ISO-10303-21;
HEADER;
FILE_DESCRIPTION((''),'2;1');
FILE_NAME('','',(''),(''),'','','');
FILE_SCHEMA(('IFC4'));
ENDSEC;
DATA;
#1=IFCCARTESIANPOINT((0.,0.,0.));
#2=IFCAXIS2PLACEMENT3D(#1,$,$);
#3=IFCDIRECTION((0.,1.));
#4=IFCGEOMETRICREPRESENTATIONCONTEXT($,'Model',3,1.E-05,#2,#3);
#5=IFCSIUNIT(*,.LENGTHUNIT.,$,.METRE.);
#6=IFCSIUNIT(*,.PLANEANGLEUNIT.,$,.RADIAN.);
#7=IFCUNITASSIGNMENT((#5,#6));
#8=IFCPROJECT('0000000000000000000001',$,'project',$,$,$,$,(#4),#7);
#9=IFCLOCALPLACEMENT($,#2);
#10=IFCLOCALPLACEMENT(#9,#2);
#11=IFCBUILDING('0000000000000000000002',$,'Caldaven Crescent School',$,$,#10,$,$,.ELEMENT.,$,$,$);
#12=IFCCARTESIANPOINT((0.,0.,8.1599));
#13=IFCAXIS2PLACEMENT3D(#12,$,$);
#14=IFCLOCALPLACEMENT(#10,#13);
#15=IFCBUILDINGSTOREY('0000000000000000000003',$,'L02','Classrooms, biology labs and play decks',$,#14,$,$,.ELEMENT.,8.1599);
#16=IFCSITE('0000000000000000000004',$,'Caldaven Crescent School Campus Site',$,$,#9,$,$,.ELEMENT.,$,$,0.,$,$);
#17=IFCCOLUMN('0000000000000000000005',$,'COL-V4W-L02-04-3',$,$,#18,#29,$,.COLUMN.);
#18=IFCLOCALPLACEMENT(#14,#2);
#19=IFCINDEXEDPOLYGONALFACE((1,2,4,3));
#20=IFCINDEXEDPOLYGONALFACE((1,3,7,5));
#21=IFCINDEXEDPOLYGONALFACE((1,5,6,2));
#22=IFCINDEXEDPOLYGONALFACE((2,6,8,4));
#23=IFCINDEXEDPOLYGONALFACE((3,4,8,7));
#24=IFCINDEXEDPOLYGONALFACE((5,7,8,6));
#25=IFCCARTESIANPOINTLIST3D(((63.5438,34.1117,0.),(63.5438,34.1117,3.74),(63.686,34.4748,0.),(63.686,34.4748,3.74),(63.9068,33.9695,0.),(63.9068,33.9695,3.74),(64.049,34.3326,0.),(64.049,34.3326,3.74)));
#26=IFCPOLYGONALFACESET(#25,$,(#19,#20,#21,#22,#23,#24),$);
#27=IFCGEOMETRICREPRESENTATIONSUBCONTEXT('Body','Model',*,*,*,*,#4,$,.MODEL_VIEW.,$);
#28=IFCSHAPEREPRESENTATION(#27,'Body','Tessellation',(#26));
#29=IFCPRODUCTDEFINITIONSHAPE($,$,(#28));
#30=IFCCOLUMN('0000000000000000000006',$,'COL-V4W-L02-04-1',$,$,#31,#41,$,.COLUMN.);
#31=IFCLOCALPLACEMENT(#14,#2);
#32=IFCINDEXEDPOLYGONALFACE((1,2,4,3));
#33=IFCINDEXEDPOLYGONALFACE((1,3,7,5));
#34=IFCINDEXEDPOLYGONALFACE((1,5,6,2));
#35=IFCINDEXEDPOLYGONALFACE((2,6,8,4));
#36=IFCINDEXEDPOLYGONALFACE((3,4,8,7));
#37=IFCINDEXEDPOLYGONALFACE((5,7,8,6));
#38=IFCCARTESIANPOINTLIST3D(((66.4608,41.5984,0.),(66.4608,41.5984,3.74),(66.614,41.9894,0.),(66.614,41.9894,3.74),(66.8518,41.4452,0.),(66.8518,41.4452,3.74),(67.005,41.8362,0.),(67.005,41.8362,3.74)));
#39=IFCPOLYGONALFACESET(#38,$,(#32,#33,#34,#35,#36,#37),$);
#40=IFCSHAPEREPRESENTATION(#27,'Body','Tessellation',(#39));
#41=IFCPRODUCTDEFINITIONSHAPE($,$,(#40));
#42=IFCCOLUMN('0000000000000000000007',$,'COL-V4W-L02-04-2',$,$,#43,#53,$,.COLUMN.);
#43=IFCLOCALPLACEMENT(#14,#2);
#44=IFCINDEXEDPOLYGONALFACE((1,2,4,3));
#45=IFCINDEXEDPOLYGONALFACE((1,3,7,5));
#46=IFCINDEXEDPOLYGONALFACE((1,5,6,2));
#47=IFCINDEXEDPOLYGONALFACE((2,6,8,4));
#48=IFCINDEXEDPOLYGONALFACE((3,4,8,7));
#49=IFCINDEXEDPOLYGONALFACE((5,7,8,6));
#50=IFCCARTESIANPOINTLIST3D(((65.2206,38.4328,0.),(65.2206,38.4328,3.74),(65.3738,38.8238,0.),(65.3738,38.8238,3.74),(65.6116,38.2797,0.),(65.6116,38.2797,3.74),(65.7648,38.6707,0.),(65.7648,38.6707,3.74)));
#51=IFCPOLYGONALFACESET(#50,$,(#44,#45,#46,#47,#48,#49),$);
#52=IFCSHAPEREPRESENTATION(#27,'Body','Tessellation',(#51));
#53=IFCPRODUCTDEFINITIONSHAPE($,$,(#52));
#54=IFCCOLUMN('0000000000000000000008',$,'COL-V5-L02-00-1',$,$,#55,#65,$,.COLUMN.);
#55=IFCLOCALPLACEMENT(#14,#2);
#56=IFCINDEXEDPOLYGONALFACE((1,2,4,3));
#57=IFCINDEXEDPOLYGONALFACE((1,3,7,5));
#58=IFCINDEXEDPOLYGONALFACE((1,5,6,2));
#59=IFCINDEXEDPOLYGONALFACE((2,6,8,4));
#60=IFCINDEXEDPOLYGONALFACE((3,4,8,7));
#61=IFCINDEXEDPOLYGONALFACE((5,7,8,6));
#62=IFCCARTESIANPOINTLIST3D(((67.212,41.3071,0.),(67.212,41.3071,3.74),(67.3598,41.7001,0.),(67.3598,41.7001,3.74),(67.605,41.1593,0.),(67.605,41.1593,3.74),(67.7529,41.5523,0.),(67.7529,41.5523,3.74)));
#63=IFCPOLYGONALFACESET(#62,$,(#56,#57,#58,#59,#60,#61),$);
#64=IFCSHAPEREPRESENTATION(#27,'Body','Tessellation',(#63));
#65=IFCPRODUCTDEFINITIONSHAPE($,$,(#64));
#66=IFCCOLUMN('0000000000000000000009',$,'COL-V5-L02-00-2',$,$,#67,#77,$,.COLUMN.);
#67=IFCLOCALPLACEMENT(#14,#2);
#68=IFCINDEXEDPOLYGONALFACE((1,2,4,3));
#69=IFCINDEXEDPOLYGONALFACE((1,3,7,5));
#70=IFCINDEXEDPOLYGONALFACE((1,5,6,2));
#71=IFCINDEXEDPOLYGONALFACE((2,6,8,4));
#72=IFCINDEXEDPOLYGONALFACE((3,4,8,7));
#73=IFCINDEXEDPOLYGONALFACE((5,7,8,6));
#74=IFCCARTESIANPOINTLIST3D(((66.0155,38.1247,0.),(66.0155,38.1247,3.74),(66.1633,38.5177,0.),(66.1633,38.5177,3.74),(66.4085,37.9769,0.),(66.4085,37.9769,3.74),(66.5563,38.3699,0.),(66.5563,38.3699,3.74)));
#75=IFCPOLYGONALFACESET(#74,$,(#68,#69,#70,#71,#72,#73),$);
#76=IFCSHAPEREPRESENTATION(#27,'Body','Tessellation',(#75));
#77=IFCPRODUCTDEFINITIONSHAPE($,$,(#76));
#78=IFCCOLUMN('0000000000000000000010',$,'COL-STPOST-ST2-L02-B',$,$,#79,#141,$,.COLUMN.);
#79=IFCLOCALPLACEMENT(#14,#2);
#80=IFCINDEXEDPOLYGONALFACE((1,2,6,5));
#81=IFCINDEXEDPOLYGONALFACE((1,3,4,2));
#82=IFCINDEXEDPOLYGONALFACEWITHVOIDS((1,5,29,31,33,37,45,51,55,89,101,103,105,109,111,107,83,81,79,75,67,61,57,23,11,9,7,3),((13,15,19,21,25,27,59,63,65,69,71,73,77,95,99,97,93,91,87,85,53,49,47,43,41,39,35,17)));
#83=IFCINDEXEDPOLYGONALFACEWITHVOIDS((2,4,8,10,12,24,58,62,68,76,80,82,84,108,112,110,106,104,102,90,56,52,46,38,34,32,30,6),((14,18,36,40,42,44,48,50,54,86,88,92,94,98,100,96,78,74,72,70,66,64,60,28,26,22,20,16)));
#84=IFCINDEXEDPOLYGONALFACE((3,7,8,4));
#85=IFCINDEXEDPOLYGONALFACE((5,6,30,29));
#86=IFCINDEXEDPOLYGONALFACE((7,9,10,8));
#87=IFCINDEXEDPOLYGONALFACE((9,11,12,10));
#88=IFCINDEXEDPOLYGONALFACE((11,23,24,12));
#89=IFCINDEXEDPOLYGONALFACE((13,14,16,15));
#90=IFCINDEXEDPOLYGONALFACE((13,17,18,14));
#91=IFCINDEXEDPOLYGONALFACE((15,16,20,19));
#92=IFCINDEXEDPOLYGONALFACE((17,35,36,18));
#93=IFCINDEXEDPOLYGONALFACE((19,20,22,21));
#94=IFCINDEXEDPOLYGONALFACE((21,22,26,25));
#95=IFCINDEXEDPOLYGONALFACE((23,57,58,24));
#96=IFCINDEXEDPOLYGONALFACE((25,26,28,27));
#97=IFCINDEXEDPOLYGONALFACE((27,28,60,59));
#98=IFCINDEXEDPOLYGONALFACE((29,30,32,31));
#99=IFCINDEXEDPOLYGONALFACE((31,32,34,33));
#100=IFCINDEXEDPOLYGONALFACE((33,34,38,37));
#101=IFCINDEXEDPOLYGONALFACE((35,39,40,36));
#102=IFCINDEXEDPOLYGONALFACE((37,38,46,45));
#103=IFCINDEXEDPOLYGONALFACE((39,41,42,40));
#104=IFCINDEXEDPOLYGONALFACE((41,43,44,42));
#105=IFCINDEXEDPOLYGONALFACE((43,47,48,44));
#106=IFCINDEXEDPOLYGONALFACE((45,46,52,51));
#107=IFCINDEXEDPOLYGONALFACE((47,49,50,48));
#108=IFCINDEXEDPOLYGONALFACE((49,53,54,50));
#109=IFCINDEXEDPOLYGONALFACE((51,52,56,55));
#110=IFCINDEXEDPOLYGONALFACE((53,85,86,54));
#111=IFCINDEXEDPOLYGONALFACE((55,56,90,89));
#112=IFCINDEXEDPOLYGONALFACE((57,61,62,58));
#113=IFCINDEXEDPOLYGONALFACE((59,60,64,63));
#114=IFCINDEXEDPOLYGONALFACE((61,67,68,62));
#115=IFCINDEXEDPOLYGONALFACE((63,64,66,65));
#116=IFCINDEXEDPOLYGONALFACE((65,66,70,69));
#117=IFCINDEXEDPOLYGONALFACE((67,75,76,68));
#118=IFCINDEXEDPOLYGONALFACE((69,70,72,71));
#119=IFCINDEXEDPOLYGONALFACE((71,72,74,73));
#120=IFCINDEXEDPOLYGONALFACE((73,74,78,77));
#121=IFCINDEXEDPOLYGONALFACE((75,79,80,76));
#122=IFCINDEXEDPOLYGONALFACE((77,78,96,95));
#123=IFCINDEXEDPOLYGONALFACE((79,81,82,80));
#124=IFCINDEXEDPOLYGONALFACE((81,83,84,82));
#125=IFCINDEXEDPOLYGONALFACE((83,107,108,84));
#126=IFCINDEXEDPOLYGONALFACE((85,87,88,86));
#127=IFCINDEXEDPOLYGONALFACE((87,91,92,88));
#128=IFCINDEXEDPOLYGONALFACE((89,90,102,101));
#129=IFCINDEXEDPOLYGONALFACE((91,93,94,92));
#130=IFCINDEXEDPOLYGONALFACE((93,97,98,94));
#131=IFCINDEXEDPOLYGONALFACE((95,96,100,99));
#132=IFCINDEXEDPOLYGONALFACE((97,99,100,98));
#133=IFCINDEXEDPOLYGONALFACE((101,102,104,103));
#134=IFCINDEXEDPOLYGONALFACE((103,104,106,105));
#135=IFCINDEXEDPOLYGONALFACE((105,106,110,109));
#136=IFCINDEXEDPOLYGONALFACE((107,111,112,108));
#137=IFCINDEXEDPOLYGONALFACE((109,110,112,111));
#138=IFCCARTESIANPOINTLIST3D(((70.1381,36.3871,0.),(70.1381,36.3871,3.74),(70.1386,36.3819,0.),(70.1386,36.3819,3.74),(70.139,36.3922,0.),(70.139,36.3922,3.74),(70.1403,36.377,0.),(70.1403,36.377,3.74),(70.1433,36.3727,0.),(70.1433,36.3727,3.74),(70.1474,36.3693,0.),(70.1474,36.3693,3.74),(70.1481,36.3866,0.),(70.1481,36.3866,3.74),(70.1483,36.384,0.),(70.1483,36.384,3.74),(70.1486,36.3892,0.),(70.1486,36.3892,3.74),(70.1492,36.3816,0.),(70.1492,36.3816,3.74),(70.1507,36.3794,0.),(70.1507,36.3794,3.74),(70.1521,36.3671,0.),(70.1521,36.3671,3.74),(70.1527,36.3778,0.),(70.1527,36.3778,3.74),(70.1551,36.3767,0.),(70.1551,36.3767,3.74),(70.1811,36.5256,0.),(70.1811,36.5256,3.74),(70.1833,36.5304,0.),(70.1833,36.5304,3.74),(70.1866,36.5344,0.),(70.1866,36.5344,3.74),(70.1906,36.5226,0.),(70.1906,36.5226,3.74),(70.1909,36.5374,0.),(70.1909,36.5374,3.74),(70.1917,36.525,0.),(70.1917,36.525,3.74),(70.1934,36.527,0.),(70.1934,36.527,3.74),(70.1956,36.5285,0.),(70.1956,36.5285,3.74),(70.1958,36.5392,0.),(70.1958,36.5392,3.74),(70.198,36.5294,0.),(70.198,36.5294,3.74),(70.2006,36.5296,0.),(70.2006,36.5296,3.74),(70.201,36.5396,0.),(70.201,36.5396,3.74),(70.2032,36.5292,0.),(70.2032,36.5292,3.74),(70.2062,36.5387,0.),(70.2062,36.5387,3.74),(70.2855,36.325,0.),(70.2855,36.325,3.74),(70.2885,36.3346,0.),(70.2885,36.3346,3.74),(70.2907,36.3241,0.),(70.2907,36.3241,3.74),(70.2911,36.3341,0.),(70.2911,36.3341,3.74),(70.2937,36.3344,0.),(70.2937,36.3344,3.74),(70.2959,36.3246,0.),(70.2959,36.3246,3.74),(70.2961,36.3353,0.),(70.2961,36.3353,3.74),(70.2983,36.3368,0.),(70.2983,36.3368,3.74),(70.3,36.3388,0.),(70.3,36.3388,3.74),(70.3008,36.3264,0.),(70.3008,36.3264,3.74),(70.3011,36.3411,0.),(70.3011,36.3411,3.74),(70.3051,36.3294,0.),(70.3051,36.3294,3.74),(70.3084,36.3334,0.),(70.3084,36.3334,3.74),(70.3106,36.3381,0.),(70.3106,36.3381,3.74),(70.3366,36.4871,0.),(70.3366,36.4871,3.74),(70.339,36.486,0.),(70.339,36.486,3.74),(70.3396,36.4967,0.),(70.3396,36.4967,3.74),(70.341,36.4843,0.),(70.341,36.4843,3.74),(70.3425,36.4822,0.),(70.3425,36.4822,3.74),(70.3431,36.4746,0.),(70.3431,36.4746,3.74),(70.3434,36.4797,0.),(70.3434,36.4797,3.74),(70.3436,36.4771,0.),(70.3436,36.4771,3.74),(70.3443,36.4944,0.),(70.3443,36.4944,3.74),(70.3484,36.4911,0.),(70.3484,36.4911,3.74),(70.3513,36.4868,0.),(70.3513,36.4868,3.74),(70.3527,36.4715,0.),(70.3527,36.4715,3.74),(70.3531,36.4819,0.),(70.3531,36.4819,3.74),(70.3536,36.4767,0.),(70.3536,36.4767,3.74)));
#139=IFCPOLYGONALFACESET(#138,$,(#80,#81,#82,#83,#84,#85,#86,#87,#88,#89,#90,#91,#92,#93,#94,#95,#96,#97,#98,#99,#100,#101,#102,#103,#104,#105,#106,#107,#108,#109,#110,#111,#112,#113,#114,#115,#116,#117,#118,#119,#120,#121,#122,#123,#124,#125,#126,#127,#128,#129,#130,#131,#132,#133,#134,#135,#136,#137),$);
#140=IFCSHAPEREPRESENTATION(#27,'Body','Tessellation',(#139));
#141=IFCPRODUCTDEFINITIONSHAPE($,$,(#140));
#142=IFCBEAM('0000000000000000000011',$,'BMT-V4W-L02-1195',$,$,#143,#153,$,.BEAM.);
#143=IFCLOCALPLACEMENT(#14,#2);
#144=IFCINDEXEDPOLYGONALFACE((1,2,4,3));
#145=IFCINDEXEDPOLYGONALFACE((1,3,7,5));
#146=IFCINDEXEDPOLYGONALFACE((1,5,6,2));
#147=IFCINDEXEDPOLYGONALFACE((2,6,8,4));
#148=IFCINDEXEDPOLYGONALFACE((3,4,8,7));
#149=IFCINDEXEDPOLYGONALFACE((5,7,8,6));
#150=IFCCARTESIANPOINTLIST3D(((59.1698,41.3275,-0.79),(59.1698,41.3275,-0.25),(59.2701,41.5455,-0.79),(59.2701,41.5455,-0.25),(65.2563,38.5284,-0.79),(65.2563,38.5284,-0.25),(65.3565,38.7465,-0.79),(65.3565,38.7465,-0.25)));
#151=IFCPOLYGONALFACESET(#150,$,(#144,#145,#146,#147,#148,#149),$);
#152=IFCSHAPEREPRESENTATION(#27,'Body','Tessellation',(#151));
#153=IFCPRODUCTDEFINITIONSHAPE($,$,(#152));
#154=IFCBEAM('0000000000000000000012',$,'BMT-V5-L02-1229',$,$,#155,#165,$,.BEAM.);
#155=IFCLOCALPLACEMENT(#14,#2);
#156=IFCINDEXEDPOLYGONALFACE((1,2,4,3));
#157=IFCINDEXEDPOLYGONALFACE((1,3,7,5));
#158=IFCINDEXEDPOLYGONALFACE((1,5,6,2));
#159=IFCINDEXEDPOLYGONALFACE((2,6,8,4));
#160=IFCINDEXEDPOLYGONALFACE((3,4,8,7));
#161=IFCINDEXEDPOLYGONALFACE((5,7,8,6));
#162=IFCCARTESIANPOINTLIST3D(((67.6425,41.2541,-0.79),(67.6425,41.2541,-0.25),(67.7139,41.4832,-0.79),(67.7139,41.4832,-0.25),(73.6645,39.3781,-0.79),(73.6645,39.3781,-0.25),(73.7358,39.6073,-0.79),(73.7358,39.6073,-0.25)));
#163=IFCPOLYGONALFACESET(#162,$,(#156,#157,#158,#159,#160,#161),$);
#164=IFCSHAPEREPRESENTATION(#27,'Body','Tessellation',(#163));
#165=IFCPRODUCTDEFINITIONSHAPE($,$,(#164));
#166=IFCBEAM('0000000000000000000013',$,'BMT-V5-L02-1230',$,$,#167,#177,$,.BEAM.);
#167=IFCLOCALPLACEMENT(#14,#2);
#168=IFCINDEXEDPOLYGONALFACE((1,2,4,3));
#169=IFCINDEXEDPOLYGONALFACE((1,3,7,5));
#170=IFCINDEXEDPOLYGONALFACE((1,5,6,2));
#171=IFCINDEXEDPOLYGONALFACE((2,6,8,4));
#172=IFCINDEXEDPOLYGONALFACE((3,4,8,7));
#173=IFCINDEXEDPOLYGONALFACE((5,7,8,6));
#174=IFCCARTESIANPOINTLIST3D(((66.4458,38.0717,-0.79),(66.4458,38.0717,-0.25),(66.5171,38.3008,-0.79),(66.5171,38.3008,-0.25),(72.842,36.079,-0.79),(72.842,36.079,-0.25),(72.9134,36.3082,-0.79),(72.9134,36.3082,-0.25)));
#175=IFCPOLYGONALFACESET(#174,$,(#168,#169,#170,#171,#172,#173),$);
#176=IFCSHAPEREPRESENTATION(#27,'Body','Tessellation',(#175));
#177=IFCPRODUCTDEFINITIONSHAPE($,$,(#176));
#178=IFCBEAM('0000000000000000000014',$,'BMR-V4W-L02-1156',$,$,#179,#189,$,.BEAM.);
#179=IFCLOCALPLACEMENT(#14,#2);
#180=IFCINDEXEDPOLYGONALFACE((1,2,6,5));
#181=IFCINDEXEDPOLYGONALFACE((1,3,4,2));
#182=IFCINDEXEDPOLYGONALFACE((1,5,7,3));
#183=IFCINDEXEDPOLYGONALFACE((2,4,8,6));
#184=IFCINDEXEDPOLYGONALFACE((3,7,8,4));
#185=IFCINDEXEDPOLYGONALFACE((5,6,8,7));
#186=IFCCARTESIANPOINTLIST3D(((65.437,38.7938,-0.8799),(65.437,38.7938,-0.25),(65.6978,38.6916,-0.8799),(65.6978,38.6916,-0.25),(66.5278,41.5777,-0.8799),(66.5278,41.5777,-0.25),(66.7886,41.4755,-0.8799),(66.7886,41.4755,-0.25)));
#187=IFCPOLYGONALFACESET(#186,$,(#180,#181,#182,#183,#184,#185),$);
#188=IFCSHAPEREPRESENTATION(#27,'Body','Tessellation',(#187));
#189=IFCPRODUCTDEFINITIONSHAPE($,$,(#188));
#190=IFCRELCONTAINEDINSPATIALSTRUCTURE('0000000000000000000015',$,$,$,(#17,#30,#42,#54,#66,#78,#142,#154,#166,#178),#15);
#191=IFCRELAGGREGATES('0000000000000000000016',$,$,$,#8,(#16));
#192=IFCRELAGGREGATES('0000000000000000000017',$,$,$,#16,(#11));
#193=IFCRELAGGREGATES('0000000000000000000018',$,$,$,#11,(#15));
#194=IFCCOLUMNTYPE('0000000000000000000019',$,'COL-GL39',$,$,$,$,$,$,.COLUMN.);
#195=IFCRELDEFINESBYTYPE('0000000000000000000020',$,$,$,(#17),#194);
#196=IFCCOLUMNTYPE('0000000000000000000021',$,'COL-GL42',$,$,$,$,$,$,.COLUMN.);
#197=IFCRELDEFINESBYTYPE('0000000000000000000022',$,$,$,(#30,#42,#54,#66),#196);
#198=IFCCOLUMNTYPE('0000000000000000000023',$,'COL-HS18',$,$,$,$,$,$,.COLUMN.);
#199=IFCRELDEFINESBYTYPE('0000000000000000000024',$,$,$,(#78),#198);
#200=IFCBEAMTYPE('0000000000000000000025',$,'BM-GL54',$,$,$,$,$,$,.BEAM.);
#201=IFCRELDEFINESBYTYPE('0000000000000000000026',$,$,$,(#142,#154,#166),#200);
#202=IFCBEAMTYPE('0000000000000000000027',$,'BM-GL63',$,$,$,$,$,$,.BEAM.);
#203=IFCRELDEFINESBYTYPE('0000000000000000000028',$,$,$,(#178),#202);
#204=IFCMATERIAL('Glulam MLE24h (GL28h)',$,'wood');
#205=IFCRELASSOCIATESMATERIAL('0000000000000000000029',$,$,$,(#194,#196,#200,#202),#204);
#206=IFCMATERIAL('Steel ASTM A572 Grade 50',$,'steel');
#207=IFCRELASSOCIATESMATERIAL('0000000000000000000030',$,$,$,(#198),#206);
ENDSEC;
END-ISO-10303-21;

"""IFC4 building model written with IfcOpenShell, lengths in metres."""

from ifc_helpers import new_model, si_unit, direction, frame, origin, origin_2d, place, context, subcontext, project, spatial, rectangle, hollow_rectangle, extrude, material, material_profile, profile_set, type_object, element, save


model = new_model("IFC4")

# Units and contexts
model_context = context("Model", 3, precision=1e-05, world=origin(), true_north=direction((0.0, 1.0)))
body_context = subcontext(model_context, "Body", "Model", "MODEL_VIEW")
ifc_project = project(units=[si_unit("LENGTHUNIT", "METRE"), si_unit("PLANEANGLEUNIT", "RADIAN")], contexts=[model_context])

# Site, building, storey
site_placement = place(None, origin())
site = spatial("IfcSite", under=ifc_project, at=site_placement, Name="Caldaven Crescent School Campus Site", CompositionType="ELEMENT", RefElevation=0.0)
building_placement = place(site_placement, origin())
building = spatial("IfcBuilding", under=site, at=building_placement, Name="Caldaven Crescent School", CompositionType="ELEMENT")
storey_placement = place(building_placement, frame((0.0, 0.0, 8.1599)))
storey = spatial("IfcBuildingStorey", under=building, at=storey_placement, Name="L02", Description="Classrooms, biology labs and play decks", CompositionType="ELEMENT", Elevation=8.1599)

# Columns
ifc_material_1 = material(Name="Glulam MLE24h (GL28h)", Category="wood")
ifc_material_profile_1 = material_profile(ifc_material_1, rectangle(XDim=0.3899, YDim=0.3899, at=origin_2d()), Name="MLE 390x390")
ifc_profile_set_1 = profile_set([ifc_material_profile_1], Name="Glulam MLE24h (GL28h)")
column_type_1 = type_object("IfcColumnType", Name="COL-GL39", PredefinedType="COLUMN", material=ifc_profile_set_1)
column_1_placement = place(storey_placement, frame((63.7964, 34.2222, 0.0), z_axis=(0.0, 0.0, 1.0), x_axis=(-0.364714, -0.931119, 0.0)))
element("IfcColumn", 1, at=column_1_placement, inside=storey, type_object=column_type_1, Name="COL-V4W-L02-04-3", PredefinedType="COLUMN", context=body_context, shape_type="SweptSolid", body=[
    extrude(rectangle(XDim=0.3899, YDim=0.3899, at=origin_2d()), origin(), (0.0, 0.0, 1.0), 3.74),
])
ifc_material_profile_2 = material_profile(ifc_material_1, rectangle(XDim=0.4199, YDim=0.4199, at=origin_2d()), Name="MLE 420x420")
ifc_profile_set_2 = profile_set([ifc_material_profile_2], Name="Glulam MLE24h (GL28h)")
column_type_2 = type_object("IfcColumnType", Name="COL-GL42", PredefinedType="COLUMN", material=ifc_profile_set_2)
for number, where, z_axis, x_axis, name in (
    (2, (66.7329, 41.7173, 0.0), (0.0, 0.0, 1.0), (-0.364714, -0.931119, 0.0), "COL-V4W-L02-04-1"),
    (3, (65.4927, 38.5518, 0.0), (0.0, 0.0, 1.0), (-0.364714, -0.931119, 0.0), "COL-V4W-L02-04-2"),
    (4, (67.4824, 41.4297, 0.0), (0.0, 0.0, 1.0), (-0.352005, -0.935998, 0.0), "COL-V5-L02-00-1"),
    (5, (66.2859, 38.2473, 0.0), (0.0, 0.0, 1.0), (-0.352005, -0.935998, 0.0), "COL-V5-L02-00-2"),
):
    element("IfcColumn", number, at=place(storey_placement, frame(where, z_axis=z_axis, x_axis=x_axis)), inside=storey, type_object=column_type_2, Name=name, PredefinedType="COLUMN", context=body_context, shape_type="SweptSolid", body=[
        extrude(rectangle(XDim=0.4199, YDim=0.4199, at=origin_2d()), origin(), (0.0, 0.0, 1.0), 3.74),
    ])
ifc_material_2 = material(Name="Steel ASTM A572 Grade 50", Category="steel")
ifc_material_profile_3 = material_profile(ifc_material_2, hollow_rectangle(XDim=0.1799, YDim=0.1799, WallThickness=0.01, InnerFilletRadius=0.01, OuterFilletRadius=0.02, at=origin_2d()), Name="HSS 180x180x10")
ifc_profile_set_3 = profile_set([ifc_material_profile_3], Name="Steel ASTM A572 Grade 50")
column_type_3 = type_object("IfcColumnType", Name="COL-HS18", PredefinedType="COLUMN", material=ifc_profile_set_3)
column_2_placement = place(storey_placement, frame((70.2458, 36.4319, 0.0), z_axis=(0.0, 0.0, 1.0), x_axis=(0.953717, -0.300706, 0.0)))
element("IfcColumn", 6, at=column_2_placement, inside=storey, type_object=column_type_3, Name="COL-STPOST-ST2-L02-B", PredefinedType="COLUMN", context=body_context, shape_type="SweptSolid", body=[
    extrude(hollow_rectangle(XDim=0.1799, YDim=0.1799, WallThickness=0.01, InnerFilletRadius=0.01, OuterFilletRadius=0.02, at=origin_2d()), origin(), (0.0, 0.0, 1.0), 3.74),
])

# Beams
ifc_material_profile_4 = material_profile(ifc_material_1, rectangle(XDim=0.24, YDim=0.54, at=origin_2d()), Name="MLE 240x540")
ifc_profile_set_4 = profile_set([ifc_material_profile_4], Name="Glulam MLE24h (GL28h)")
beam_type_1 = type_object("IfcBeamType", Name="BM-GL54", PredefinedType="BEAM", material=ifc_profile_set_4)
beam_1_placement = place(storey_placement, frame((59.22, 41.4365, -0.52), z_axis=(0.908529, -0.417821, 0.0), x_axis=(0.417821, 0.908529, 0.0)))
element("IfcBeam", 7, at=beam_1_placement, inside=storey, type_object=beam_type_1, Name="BMT-V4W-L02-1195", PredefinedType="BEAM", context=body_context, shape_type="SweptSolid", body=[
    extrude(rectangle(XDim=0.24, YDim=0.54, at=origin_2d()), origin(), (0.0, 0.0, 1.0), 6.6992),
])
beam_2_placement = place(storey_placement, frame((67.6782, 41.3687, -0.52), z_axis=(0.954745, -0.297424, 0.0), x_axis=(0.297424, 0.954745, 0.0)))
element("IfcBeam", 8, at=beam_2_placement, inside=storey, type_object=beam_type_1, Name="BMT-V5-L02-1229", PredefinedType="BEAM", context=body_context, shape_type="SweptSolid", body=[
    extrude(rectangle(XDim=0.24, YDim=0.54, at=origin_2d()), origin(), (0.0, 0.0, 1.0), 6.3074),
])
beam_3_placement = place(storey_placement, frame((66.4814, 38.1863, -0.52), z_axis=(0.954741, -0.297439, 0.0), x_axis=(0.297439, 0.954741, 0.0)))
element("IfcBeam", 9, at=beam_3_placement, inside=storey, type_object=beam_type_1, Name="BMT-V5-L02-1230", PredefinedType="BEAM", context=body_context, shape_type="SweptSolid", body=[
    extrude(rectangle(XDim=0.24, YDim=0.54, at=origin_2d()), origin(), (0.0, 0.0, 1.0), 6.6995),
])
ifc_material_profile_5 = material_profile(ifc_material_1, rectangle(XDim=0.28, YDim=0.6299, at=origin_2d()), Name="MLE 280x630")
ifc_profile_set_5 = profile_set([ifc_material_profile_5], Name="Glulam MLE24h (GL28h)")
beam_type_2 = type_object("IfcBeamType", Name="BM-GL63", PredefinedType="BEAM", material=ifc_profile_set_5)
beam_4_placement = place(storey_placement, frame((66.6582, 41.5266, -0.5649), z_axis=(-0.364821, -0.931078, 0.0), x_axis=(0.931078, -0.364821, 0.0)))
element("IfcBeam", 10, at=beam_4_placement, inside=storey, type_object=beam_type_2, Name="BMR-V4W-L02-1156", PredefinedType="BEAM", context=body_context, shape_type="SweptSolid", body=[
    extrude(rectangle(XDim=0.28, YDim=0.6299, at=origin_2d()), origin(), (0.0, 0.0, 1.0), 2.99),
])

save(model, "model.ifc")
